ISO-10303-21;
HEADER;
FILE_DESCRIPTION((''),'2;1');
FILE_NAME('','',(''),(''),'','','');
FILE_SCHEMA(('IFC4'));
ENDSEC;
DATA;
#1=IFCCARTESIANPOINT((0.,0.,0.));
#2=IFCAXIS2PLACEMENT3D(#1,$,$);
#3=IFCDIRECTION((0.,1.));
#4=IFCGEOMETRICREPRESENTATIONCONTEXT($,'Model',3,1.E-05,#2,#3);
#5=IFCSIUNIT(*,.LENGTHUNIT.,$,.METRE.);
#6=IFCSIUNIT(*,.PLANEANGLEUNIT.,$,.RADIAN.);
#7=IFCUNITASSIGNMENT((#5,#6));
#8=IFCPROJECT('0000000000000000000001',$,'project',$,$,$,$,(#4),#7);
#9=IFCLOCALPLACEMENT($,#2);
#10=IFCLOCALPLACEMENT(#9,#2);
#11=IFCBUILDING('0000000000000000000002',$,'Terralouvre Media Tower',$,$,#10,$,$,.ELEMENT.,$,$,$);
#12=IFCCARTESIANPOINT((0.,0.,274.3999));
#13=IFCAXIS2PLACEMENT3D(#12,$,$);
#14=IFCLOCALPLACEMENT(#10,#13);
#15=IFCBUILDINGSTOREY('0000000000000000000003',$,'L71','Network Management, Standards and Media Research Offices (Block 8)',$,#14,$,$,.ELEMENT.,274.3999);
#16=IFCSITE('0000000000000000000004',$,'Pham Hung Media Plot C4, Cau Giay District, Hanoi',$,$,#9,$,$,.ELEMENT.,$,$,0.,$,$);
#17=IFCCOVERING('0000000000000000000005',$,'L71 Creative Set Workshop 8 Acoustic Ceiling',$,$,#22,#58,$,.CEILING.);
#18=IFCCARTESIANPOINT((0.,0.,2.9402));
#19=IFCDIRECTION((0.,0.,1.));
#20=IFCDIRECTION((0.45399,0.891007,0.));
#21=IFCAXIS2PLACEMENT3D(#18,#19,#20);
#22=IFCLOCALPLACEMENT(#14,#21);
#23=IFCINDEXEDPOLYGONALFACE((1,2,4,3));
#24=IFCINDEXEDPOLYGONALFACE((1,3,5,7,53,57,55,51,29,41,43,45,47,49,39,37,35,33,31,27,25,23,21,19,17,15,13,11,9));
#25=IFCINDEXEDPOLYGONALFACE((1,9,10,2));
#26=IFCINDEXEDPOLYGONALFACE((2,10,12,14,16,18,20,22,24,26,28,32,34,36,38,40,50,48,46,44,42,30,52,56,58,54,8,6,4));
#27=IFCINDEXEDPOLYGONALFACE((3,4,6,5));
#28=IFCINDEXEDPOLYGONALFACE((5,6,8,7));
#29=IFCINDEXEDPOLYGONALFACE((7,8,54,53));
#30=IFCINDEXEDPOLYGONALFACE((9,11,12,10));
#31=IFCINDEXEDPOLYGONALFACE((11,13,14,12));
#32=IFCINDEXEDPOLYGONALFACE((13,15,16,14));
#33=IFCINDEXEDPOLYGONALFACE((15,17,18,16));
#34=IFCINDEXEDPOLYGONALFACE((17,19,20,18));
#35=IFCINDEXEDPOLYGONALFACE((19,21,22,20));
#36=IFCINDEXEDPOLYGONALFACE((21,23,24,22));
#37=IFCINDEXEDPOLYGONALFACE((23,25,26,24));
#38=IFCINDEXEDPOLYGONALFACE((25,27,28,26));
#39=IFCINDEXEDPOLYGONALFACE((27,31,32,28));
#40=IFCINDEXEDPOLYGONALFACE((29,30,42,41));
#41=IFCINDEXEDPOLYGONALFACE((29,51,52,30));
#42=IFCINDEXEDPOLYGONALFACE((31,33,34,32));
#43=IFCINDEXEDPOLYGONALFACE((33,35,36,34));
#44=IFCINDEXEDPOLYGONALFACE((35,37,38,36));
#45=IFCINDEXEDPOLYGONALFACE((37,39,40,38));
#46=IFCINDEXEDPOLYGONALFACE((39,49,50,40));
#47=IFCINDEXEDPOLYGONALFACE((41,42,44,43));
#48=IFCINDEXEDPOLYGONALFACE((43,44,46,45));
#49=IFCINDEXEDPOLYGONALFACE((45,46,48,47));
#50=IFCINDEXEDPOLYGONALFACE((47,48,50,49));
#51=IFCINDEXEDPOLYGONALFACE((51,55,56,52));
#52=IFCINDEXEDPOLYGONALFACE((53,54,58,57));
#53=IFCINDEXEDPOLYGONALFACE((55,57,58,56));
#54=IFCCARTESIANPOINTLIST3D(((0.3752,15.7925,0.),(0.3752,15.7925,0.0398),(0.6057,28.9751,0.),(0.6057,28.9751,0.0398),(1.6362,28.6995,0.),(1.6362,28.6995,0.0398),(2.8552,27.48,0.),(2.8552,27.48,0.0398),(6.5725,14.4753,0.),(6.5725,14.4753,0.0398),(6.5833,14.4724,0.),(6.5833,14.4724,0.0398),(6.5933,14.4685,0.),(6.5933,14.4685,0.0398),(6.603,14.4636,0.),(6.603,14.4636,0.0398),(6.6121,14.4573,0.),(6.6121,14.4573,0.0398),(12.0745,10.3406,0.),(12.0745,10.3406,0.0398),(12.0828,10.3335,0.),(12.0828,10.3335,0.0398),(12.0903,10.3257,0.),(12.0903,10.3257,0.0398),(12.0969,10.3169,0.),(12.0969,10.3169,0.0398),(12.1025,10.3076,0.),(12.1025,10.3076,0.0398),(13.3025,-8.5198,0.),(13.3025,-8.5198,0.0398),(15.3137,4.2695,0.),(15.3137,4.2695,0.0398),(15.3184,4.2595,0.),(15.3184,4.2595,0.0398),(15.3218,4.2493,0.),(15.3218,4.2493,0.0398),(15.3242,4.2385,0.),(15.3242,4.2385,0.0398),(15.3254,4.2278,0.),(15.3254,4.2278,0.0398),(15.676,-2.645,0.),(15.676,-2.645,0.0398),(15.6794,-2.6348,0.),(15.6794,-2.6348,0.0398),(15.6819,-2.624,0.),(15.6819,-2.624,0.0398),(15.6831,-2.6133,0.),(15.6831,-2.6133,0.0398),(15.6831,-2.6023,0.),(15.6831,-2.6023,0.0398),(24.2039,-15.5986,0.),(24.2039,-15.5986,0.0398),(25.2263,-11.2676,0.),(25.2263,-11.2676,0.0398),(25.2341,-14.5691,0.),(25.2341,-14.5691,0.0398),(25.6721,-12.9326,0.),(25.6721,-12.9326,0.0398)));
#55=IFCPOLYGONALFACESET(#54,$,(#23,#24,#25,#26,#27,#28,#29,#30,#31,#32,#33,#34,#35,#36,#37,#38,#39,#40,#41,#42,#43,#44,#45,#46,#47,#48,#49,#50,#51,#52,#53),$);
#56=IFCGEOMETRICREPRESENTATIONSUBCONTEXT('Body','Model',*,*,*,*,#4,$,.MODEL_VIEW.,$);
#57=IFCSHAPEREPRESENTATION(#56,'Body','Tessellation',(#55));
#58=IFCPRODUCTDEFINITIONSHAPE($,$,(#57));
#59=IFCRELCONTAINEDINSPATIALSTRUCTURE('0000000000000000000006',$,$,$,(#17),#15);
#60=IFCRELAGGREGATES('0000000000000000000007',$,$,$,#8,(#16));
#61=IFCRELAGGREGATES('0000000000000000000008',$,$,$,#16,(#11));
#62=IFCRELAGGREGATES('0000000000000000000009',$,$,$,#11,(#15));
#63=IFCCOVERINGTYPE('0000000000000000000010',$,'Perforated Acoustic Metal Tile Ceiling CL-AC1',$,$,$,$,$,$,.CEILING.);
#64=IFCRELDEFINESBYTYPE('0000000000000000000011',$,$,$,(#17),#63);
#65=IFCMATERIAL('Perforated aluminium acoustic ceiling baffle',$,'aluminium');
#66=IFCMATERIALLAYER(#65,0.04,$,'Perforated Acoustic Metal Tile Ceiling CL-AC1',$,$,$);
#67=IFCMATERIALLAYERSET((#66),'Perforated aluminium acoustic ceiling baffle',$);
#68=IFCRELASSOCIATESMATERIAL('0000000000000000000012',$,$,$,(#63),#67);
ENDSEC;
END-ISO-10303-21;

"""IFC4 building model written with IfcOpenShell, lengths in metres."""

from ifc_helpers import new_model, si_unit, direction, frame, origin, place, context, subcontext, project, spatial, polyline, outline, extrude, material, layer, layer_set, type_object, element, save


model = new_model("IFC4")

# Units and contexts
model_context = context("Model", 3, precision=1e-05, world=origin(), true_north=direction((0.0, 1.0)))
body_context = subcontext(model_context, "Body", "Model", "MODEL_VIEW")
ifc_project = project(units=[si_unit("LENGTHUNIT", "METRE"), si_unit("PLANEANGLEUNIT", "RADIAN")], contexts=[model_context])

# Site, building, storey
site_placement = place(None, origin())
site = spatial("IfcSite", under=ifc_project, at=site_placement, Name="Pham Hung Media Plot C4, Cau Giay District, Hanoi", CompositionType="ELEMENT", RefElevation=0.0)
building_placement = place(site_placement, origin())
building = spatial("IfcBuilding", under=site, at=building_placement, Name="Terralouvre Media Tower", CompositionType="ELEMENT")
storey_placement = place(building_placement, frame((0.0, 0.0, 274.3999)))
storey = spatial("IfcBuildingStorey", under=building, at=storey_placement, Name="L71", Description="Network Management, Standards and Media Research Offices (Block 8)", CompositionType="ELEMENT", Elevation=274.3999)

# Covering
ifc_material_1 = material(Name="Perforated aluminium acoustic ceiling baffle", Category="aluminium")
ifc_layer_1 = layer(ifc_material_1, 0.04, Name="Perforated Acoustic Metal Tile Ceiling CL-AC1")
ifc_layer_set_1 = layer_set([ifc_layer_1], Name="Perforated aluminium acoustic ceiling baffle")
covering_type = type_object("IfcCoveringType", Name="Perforated Acoustic Metal Tile Ceiling CL-AC1", PredefinedType="CEILING", material=ifc_layer_set_1)
covering_placement = place(storey_placement, frame((0.0, 0.0, 2.9402), z_axis=(0.0, 0.0, 1.0), x_axis=(0.45399, 0.891007, 0.0)))
element("IfcCovering", 1, at=covering_placement, inside=storey, type_object=covering_type, Name="L71 Creative Set Workshop 8 Acoustic Ceiling", PredefinedType="CEILING", context=body_context, shape_type="SweptSolid", body=[
    extrude(outline(polyline([(6.5725, 14.4753), (6.5833, 14.4724), (6.5933, 14.4685), (6.603, 14.4636), (6.6121, 14.4573), (12.0745, 10.3406), (12.0828, 10.3335), (12.0903, 10.3257), (12.0969, 10.3169), (12.1025, 10.3076), (15.3137, 4.2695), (15.3184, 4.2595), (15.3218, 4.2493), (15.3242, 4.2385), (15.3254, 4.2278), (15.6831, -2.6023), (15.6831, -2.6133), (15.6819, -2.624), (15.6794, -2.6348), (15.676, -2.645), (13.3025, -8.5198), (24.2039, -15.5986), (25.2341, -14.5691), (25.6721, -12.9326), (25.2263, -11.2676), (2.8552, 27.48), (1.6362, 28.6995), (0.6057, 28.9751), (0.3752, 15.7925), (6.5725, 14.4753)])), origin(), (0.0, 0.0, 1.0), 0.0398),
])

save(model, "model.ifc")
